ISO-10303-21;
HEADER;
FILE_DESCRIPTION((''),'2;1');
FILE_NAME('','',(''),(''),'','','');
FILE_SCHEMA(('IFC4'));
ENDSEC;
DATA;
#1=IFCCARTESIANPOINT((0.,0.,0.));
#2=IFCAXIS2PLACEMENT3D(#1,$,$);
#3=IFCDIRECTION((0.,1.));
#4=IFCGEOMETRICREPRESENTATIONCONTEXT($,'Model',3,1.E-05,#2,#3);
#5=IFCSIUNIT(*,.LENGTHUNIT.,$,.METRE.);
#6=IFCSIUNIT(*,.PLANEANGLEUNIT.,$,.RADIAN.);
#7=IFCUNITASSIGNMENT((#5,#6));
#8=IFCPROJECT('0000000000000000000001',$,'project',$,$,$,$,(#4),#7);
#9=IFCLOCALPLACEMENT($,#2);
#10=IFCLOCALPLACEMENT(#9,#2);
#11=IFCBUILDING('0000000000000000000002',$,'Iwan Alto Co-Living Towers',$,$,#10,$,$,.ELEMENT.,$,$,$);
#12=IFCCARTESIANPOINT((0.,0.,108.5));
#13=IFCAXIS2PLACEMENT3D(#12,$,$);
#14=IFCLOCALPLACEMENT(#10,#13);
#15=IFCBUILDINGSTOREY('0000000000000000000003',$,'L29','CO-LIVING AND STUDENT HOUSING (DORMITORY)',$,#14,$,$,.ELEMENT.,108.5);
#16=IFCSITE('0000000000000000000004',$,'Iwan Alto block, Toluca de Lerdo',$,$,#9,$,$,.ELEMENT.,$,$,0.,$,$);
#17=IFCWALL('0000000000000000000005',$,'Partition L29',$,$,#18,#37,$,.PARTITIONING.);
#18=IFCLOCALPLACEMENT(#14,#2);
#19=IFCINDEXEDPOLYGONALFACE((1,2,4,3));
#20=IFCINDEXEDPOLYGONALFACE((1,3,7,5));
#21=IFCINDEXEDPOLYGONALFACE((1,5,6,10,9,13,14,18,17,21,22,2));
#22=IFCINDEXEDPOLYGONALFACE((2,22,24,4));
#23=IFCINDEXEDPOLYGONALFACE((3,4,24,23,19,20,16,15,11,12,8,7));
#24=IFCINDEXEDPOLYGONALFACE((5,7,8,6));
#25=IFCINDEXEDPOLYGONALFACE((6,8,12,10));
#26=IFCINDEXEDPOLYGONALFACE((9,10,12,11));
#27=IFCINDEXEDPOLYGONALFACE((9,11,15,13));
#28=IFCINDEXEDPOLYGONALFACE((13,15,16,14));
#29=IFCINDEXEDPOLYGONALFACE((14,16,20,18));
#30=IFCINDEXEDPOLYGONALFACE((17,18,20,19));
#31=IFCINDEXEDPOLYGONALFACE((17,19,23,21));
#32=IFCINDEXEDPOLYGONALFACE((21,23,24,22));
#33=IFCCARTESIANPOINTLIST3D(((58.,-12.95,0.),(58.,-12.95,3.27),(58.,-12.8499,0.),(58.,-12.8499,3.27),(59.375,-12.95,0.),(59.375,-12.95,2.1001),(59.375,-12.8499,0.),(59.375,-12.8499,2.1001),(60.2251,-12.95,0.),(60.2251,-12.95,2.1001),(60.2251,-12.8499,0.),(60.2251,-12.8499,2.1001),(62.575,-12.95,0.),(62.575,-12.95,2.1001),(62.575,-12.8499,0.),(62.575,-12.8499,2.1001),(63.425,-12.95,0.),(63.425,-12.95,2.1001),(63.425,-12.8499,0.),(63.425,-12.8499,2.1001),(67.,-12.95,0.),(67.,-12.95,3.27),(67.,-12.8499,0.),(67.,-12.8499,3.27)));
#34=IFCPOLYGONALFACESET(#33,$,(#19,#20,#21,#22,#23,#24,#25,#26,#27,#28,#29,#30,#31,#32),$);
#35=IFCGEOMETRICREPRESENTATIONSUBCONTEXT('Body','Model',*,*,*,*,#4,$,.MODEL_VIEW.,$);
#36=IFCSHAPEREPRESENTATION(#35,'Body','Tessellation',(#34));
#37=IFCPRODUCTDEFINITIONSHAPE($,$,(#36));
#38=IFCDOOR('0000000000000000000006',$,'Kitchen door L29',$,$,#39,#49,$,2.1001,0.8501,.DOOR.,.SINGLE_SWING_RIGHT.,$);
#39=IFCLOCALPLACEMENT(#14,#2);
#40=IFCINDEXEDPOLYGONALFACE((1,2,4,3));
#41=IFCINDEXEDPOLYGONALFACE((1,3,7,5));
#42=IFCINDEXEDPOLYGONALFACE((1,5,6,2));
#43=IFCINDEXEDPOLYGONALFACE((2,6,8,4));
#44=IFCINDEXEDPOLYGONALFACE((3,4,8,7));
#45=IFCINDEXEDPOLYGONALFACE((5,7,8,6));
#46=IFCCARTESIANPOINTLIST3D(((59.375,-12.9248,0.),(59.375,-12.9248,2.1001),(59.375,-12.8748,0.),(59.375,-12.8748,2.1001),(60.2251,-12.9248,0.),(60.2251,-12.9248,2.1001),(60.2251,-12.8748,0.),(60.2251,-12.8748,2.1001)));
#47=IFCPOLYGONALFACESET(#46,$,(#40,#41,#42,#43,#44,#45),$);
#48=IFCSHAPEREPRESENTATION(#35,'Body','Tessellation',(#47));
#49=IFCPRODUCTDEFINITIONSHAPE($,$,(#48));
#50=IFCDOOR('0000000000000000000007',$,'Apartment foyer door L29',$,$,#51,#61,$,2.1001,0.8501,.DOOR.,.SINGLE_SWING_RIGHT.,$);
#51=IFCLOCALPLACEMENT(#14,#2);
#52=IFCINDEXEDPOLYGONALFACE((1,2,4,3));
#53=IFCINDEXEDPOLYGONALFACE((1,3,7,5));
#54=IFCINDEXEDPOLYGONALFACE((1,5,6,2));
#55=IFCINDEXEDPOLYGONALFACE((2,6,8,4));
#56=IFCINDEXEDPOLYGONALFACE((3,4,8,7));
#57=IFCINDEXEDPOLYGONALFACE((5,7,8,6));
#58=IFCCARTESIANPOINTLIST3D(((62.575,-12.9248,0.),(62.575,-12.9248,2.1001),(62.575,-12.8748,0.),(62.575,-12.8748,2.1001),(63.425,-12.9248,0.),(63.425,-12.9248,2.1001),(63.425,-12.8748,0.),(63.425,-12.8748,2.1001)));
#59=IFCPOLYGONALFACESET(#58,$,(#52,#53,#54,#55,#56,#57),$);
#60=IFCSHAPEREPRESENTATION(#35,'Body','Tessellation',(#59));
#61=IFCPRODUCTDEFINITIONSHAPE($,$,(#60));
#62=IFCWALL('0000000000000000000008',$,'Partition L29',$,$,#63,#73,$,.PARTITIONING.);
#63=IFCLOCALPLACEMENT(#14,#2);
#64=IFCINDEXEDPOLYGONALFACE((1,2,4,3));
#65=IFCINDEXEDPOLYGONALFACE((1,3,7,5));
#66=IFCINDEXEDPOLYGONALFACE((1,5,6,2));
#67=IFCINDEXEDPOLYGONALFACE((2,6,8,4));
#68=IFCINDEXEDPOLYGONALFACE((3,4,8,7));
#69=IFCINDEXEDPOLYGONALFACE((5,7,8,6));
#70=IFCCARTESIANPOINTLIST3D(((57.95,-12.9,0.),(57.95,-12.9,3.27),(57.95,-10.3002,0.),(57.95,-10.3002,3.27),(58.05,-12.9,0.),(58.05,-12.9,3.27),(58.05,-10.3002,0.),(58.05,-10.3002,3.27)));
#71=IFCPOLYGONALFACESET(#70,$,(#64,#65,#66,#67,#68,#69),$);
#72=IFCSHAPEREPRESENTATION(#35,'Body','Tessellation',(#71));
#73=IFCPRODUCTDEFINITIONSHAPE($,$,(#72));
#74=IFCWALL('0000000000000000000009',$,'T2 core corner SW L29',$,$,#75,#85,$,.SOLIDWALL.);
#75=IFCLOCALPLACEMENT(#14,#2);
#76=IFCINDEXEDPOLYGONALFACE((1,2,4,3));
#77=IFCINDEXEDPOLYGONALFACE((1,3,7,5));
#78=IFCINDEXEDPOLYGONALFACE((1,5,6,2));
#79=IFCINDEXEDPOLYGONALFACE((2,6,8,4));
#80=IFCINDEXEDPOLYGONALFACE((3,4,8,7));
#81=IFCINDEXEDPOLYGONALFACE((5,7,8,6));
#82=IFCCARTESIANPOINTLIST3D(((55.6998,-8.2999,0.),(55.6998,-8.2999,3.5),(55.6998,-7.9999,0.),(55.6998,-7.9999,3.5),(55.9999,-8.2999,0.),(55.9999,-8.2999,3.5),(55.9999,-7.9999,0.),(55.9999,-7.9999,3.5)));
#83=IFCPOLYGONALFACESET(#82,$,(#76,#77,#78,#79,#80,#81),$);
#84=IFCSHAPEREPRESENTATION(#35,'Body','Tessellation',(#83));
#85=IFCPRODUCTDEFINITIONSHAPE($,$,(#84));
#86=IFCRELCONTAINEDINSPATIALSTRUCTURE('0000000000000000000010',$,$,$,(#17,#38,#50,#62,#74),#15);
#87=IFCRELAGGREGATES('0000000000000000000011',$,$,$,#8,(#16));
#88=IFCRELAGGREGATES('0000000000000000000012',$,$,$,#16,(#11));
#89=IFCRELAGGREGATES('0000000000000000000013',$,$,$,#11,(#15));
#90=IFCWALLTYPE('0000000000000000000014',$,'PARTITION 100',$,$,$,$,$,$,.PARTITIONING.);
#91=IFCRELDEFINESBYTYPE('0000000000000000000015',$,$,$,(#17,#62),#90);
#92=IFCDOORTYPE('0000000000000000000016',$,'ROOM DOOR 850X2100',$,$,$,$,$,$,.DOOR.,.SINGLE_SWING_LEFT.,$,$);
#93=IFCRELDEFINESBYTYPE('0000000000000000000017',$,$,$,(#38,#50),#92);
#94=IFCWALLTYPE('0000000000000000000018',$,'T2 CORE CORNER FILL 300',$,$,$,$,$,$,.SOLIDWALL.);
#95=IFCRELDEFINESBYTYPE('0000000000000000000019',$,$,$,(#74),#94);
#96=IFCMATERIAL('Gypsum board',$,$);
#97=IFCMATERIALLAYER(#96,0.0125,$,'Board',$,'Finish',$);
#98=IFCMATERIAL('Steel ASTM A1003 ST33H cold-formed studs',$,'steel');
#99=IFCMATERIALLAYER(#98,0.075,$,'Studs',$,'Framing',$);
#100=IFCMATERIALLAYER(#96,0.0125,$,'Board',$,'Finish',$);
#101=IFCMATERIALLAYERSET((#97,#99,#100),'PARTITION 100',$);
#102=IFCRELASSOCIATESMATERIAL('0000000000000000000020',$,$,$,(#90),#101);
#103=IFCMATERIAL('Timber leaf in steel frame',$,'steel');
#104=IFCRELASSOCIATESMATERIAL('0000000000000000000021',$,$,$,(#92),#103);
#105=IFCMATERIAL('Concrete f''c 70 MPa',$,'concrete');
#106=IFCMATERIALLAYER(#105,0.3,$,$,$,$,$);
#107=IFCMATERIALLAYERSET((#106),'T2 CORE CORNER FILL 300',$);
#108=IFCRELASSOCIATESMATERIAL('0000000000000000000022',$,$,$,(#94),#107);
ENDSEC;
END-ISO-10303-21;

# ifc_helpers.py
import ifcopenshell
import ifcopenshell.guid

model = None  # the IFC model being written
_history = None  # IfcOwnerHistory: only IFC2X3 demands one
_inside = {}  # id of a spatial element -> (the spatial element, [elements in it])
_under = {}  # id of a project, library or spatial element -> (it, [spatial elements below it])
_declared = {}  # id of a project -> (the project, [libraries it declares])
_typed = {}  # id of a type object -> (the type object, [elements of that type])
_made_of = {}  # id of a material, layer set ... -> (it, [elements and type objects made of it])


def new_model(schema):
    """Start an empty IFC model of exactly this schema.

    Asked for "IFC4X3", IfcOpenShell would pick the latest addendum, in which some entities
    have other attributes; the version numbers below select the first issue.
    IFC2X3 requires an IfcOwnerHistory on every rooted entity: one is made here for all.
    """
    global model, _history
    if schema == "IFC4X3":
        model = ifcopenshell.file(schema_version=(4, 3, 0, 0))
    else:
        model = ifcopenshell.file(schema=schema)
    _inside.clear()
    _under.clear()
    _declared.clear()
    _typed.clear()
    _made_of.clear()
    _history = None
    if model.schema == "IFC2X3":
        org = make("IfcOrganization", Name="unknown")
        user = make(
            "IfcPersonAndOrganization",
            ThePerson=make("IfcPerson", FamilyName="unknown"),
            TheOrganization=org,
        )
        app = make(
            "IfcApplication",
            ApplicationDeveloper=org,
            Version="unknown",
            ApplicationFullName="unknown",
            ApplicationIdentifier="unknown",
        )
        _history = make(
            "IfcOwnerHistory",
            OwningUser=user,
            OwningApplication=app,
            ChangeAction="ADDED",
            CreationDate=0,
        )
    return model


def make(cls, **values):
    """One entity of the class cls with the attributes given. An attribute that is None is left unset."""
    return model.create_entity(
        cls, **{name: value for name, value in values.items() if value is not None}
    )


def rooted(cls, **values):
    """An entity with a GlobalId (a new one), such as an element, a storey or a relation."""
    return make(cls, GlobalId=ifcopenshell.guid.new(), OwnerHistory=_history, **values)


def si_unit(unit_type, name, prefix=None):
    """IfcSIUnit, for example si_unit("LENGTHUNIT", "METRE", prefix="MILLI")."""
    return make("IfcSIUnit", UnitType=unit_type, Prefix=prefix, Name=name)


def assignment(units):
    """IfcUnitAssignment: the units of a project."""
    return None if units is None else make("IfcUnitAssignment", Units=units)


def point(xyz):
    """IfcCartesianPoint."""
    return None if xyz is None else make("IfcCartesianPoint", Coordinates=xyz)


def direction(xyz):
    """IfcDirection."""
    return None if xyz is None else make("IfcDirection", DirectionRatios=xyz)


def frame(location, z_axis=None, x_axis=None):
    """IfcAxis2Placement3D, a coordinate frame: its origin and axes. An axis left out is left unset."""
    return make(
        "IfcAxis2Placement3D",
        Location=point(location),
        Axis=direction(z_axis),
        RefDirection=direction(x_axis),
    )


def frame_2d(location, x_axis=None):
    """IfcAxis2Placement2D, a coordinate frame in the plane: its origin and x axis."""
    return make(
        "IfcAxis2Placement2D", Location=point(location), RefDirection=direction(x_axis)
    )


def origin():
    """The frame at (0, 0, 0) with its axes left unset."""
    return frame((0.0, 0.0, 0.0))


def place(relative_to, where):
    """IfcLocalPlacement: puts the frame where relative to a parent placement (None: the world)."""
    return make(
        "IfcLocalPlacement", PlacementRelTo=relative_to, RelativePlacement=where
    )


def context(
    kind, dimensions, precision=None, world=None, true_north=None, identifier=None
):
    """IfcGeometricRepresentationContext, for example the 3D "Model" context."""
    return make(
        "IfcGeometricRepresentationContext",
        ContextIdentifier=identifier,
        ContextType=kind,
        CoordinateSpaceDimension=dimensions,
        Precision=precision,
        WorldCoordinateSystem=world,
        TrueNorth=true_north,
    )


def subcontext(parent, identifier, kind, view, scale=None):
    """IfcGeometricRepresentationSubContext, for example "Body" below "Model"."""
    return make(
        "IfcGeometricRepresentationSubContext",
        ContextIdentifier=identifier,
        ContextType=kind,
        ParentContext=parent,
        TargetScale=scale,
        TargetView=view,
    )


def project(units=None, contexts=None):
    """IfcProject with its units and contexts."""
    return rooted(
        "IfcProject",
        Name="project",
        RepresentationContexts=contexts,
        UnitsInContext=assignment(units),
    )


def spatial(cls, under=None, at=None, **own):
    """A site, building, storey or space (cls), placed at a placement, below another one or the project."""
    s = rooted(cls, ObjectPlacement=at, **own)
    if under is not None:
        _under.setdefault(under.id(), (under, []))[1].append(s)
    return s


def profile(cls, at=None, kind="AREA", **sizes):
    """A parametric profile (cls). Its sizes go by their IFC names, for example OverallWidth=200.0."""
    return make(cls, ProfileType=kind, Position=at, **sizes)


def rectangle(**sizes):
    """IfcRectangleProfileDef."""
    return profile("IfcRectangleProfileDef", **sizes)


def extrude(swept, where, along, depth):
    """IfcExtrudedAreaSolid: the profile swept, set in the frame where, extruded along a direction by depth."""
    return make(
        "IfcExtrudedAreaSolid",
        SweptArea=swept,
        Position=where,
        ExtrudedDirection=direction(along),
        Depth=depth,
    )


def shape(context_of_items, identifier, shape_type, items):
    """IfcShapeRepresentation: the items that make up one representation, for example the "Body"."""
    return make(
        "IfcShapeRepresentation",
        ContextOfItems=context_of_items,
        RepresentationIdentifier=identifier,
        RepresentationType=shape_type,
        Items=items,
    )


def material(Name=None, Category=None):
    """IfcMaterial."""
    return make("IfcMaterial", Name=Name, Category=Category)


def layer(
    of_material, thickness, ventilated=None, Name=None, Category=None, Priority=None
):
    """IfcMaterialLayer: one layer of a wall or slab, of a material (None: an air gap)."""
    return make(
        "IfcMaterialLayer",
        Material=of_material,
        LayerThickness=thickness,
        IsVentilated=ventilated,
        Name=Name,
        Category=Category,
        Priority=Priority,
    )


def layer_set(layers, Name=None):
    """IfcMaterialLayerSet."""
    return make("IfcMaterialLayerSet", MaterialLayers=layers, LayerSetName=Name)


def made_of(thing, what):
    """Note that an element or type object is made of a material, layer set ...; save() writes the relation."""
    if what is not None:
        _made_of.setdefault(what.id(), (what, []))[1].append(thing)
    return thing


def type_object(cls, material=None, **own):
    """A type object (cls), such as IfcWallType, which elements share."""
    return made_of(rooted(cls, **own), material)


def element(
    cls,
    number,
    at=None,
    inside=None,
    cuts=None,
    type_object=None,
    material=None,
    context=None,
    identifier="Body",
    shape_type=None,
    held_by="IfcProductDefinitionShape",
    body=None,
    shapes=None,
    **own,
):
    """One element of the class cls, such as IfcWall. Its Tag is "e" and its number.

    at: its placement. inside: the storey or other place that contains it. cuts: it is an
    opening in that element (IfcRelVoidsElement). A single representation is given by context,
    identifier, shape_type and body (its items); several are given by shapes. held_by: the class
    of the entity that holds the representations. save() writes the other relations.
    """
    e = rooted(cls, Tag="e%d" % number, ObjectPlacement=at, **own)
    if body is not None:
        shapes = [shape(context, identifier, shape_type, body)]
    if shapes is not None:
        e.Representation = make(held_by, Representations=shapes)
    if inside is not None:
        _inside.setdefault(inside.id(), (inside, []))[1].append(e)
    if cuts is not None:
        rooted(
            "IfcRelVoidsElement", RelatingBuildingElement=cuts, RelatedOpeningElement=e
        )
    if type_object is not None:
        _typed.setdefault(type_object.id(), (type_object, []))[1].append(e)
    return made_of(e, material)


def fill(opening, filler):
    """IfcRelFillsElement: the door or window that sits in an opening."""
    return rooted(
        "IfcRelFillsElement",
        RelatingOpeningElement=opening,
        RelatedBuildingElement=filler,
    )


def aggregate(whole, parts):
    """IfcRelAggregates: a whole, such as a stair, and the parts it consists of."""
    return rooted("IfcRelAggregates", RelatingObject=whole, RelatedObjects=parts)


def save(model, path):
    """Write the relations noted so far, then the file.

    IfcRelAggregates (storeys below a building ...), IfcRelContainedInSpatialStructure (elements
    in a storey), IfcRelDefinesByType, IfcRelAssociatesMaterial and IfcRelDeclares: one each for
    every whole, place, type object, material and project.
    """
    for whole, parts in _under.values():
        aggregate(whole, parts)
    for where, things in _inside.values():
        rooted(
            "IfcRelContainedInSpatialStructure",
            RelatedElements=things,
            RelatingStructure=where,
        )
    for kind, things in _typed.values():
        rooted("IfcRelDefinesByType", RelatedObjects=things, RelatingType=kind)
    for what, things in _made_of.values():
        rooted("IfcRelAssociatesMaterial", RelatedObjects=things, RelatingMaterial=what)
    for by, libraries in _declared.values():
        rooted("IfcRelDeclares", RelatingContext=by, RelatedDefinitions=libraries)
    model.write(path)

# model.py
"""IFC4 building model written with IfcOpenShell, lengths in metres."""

from ifc_helpers import new_model, si_unit, direction, frame, frame_2d, origin, place, context, subcontext, project, spatial, rectangle, extrude, material, layer, layer_set, type_object, element, fill, save


model = new_model("IFC4")

# Units and contexts
model_context = context("Model", 3, precision=1e-05, world=origin(), true_north=direction((0.0, 1.0)))
body_context = subcontext(model_context, "Body", "Model", "MODEL_VIEW")
ifc_project = project(units=[si_unit("LENGTHUNIT", "METRE"), si_unit("PLANEANGLEUNIT", "RADIAN")], contexts=[model_context])

# Site, building, storey
site_placement = place(None, origin())
site = spatial("IfcSite", under=ifc_project, at=site_placement, Name="Iwan Alto block, Toluca de Lerdo", CompositionType="ELEMENT", RefElevation=0.0)
building_placement = place(site_placement, origin())
building = spatial("IfcBuilding", under=site, at=building_placement, Name="Iwan Alto Co-Living Towers", CompositionType="ELEMENT")
storey_placement = place(building_placement, frame((0.0, 0.0, 108.5)))
storey = spatial("IfcBuildingStorey", under=building, at=storey_placement, Name="L29", Description="CO-LIVING AND STUDENT HOUSING (DORMITORY)", CompositionType="ELEMENT", Elevation=108.5)

# Shared definitions
ifc_material_1 = material(Name="Gypsum board")
ifc_material_2 = material(Name="Steel ASTM A1003 ST33H cold-formed studs", Category="steel")

# Wall, openings, doors
ifc_layer_1 = layer(ifc_material_1, 0.0125, Name="Board", Category="Finish")
ifc_layer_2 = layer(ifc_material_2, 0.075, Name="Studs", Category="Framing")
ifc_layer_3 = layer(ifc_material_1, 0.0125, Name="Board", Category="Finish")
ifc_layer_set_1 = layer_set([ifc_layer_1, ifc_layer_2, ifc_layer_3], Name="PARTITION 100")
wall_type_1 = type_object("IfcWallType", Name="PARTITION 100", PredefinedType="PARTITIONING", material=ifc_layer_set_1)
wall_1_placement = place(storey_placement, frame((58.0, -12.8999, 0.0), z_axis=(0.0, 0.0, 1.0), x_axis=(1.0, 0.0, 0.0)))
wall_1 = element("IfcWall", 1, at=wall_1_placement, inside=storey, type_object=wall_type_1, Name="Partition L29", PredefinedType="PARTITIONING", context=body_context, shape_type="SweptSolid", body=[
    extrude(rectangle(XDim=9.0, YDim=0.1001, at=frame_2d((4.5, 0.0))), origin(), (0.0, 0.0, 1.0), 3.27),
])
opening_1_placement = place(wall_1_placement, frame((1.375, 0.0, 0.0)))
opening_1 = element("IfcOpeningElement", 2, at=opening_1_placement, cuts=wall_1, PredefinedType="OPENING", context=body_context, shape_type="SweptSolid", body=[
    extrude(rectangle(XDim=0.8501, YDim=2.1001, at=frame_2d((0.425, 1.05))), frame((0.0, 0.0601, 0.0), z_axis=(0.0, -1.0, 0.0), x_axis=(1.0, 0.0, 0.0)), (0.0, 0.0, 1.0), 0.1201),
])
opening_2_placement = place(wall_1_placement, frame((4.575, 0.0, 0.0)))
opening_2 = element("IfcOpeningElement", 3, at=opening_2_placement, cuts=wall_1, PredefinedType="OPENING", context=body_context, shape_type="SweptSolid", body=[
    extrude(rectangle(XDim=0.8501, YDim=2.1001, at=frame_2d((0.425, 1.05))), frame((0.0, 0.0601, 0.0), z_axis=(0.0, -1.0, 0.0), x_axis=(1.0, 0.0, 0.0)), (0.0, 0.0, 1.0), 0.1201),
])
ifc_material_3 = material(Name="Timber leaf in steel frame", Category="steel")
door_type_1 = type_object("IfcDoorType", Name="ROOM DOOR 850X2100", OperationType="SINGLE_SWING_LEFT", PredefinedType="DOOR", material=ifc_material_3)
door_1_placement = place(opening_1_placement, frame((0.8501, 0.0, 0.0), z_axis=(0.0, 0.0, 1.0), x_axis=(-1.0, 0.0, 0.0)))
door_1 = element("IfcDoor", 4, at=door_1_placement, inside=storey, type_object=door_type_1, Name="Kitchen door L29", OperationType="SINGLE_SWING_RIGHT", OverallHeight=2.1001, OverallWidth=0.8501, PredefinedType="DOOR", context=body_context, shape_type="SweptSolid", body=[
    extrude(rectangle(XDim=0.8501, YDim=2.1001, at=frame_2d((0.425, 1.05))), frame((0.0, 0.0249, 0.0), z_axis=(0.0, -1.0, 0.0), x_axis=(1.0, 0.0, 0.0)), (0.0, 0.0, 1.0), 0.05),
])
fill(opening_1, door_1)
door_2_placement = place(opening_2_placement, frame((0.8501, 0.0, 0.0), z_axis=(0.0, 0.0, 1.0), x_axis=(-1.0, 0.0, 0.0)))
door_2 = element("IfcDoor", 5, at=door_2_placement, inside=storey, type_object=door_type_1, Name="Apartment foyer door L29", OperationType="SINGLE_SWING_RIGHT", OverallHeight=2.1001, OverallWidth=0.8501, PredefinedType="DOOR", context=body_context, shape_type="SweptSolid", body=[
    extrude(rectangle(XDim=0.8501, YDim=2.1001, at=frame_2d((0.425, 1.05))), frame((0.0, 0.0249, 0.0), z_axis=(0.0, -1.0, 0.0), x_axis=(1.0, 0.0, 0.0)), (0.0, 0.0, 1.0), 0.05),
])
fill(opening_2, door_2)

# Walls
wall_2_placement = place(storey_placement, frame((58.0, -12.8999, 0.0), z_axis=(0.0, 0.0, 1.0), x_axis=(0.0, 1.0, 0.0)))
element("IfcWall", 6, at=wall_2_placement, inside=storey, type_object=wall_type_1, Name="Partition L29", PredefinedType="PARTITIONING", context=body_context, shape_type="SweptSolid", body=[
    extrude(rectangle(XDim=2.5999, YDim=0.1001, at=frame_2d((1.2998, 0.0))), origin(), (0.0, 0.0, 1.0), 3.27),
])
ifc_material_4 = material(Name="Concrete f'c 70 MPa", Category="concrete")
ifc_layer_4 = layer(ifc_material_4, 0.3)
ifc_layer_set_2 = layer_set([ifc_layer_4], Name="T2 CORE CORNER FILL 300")
wall_type_2 = type_object("IfcWallType", Name="T2 CORE CORNER FILL 300", PredefinedType="SOLIDWALL", material=ifc_layer_set_2)
wall_3_placement = place(storey_placement, frame((55.7, -8.1499, 0.0), z_axis=(0.0, 0.0, 1.0), x_axis=(1.0, 0.0, 0.0)))
element("IfcWall", 7, at=wall_3_placement, inside=storey, type_object=wall_type_2, Name="T2 core corner SW L29", PredefinedType="SOLIDWALL", context=body_context, shape_type="SweptSolid", body=[
    extrude(rectangle(XDim=0.3, YDim=0.3, at=frame_2d((0.1499, 0.0))), origin(), (0.0, 0.0, 1.0), 3.5),
])

save(model, "model.ifc")
